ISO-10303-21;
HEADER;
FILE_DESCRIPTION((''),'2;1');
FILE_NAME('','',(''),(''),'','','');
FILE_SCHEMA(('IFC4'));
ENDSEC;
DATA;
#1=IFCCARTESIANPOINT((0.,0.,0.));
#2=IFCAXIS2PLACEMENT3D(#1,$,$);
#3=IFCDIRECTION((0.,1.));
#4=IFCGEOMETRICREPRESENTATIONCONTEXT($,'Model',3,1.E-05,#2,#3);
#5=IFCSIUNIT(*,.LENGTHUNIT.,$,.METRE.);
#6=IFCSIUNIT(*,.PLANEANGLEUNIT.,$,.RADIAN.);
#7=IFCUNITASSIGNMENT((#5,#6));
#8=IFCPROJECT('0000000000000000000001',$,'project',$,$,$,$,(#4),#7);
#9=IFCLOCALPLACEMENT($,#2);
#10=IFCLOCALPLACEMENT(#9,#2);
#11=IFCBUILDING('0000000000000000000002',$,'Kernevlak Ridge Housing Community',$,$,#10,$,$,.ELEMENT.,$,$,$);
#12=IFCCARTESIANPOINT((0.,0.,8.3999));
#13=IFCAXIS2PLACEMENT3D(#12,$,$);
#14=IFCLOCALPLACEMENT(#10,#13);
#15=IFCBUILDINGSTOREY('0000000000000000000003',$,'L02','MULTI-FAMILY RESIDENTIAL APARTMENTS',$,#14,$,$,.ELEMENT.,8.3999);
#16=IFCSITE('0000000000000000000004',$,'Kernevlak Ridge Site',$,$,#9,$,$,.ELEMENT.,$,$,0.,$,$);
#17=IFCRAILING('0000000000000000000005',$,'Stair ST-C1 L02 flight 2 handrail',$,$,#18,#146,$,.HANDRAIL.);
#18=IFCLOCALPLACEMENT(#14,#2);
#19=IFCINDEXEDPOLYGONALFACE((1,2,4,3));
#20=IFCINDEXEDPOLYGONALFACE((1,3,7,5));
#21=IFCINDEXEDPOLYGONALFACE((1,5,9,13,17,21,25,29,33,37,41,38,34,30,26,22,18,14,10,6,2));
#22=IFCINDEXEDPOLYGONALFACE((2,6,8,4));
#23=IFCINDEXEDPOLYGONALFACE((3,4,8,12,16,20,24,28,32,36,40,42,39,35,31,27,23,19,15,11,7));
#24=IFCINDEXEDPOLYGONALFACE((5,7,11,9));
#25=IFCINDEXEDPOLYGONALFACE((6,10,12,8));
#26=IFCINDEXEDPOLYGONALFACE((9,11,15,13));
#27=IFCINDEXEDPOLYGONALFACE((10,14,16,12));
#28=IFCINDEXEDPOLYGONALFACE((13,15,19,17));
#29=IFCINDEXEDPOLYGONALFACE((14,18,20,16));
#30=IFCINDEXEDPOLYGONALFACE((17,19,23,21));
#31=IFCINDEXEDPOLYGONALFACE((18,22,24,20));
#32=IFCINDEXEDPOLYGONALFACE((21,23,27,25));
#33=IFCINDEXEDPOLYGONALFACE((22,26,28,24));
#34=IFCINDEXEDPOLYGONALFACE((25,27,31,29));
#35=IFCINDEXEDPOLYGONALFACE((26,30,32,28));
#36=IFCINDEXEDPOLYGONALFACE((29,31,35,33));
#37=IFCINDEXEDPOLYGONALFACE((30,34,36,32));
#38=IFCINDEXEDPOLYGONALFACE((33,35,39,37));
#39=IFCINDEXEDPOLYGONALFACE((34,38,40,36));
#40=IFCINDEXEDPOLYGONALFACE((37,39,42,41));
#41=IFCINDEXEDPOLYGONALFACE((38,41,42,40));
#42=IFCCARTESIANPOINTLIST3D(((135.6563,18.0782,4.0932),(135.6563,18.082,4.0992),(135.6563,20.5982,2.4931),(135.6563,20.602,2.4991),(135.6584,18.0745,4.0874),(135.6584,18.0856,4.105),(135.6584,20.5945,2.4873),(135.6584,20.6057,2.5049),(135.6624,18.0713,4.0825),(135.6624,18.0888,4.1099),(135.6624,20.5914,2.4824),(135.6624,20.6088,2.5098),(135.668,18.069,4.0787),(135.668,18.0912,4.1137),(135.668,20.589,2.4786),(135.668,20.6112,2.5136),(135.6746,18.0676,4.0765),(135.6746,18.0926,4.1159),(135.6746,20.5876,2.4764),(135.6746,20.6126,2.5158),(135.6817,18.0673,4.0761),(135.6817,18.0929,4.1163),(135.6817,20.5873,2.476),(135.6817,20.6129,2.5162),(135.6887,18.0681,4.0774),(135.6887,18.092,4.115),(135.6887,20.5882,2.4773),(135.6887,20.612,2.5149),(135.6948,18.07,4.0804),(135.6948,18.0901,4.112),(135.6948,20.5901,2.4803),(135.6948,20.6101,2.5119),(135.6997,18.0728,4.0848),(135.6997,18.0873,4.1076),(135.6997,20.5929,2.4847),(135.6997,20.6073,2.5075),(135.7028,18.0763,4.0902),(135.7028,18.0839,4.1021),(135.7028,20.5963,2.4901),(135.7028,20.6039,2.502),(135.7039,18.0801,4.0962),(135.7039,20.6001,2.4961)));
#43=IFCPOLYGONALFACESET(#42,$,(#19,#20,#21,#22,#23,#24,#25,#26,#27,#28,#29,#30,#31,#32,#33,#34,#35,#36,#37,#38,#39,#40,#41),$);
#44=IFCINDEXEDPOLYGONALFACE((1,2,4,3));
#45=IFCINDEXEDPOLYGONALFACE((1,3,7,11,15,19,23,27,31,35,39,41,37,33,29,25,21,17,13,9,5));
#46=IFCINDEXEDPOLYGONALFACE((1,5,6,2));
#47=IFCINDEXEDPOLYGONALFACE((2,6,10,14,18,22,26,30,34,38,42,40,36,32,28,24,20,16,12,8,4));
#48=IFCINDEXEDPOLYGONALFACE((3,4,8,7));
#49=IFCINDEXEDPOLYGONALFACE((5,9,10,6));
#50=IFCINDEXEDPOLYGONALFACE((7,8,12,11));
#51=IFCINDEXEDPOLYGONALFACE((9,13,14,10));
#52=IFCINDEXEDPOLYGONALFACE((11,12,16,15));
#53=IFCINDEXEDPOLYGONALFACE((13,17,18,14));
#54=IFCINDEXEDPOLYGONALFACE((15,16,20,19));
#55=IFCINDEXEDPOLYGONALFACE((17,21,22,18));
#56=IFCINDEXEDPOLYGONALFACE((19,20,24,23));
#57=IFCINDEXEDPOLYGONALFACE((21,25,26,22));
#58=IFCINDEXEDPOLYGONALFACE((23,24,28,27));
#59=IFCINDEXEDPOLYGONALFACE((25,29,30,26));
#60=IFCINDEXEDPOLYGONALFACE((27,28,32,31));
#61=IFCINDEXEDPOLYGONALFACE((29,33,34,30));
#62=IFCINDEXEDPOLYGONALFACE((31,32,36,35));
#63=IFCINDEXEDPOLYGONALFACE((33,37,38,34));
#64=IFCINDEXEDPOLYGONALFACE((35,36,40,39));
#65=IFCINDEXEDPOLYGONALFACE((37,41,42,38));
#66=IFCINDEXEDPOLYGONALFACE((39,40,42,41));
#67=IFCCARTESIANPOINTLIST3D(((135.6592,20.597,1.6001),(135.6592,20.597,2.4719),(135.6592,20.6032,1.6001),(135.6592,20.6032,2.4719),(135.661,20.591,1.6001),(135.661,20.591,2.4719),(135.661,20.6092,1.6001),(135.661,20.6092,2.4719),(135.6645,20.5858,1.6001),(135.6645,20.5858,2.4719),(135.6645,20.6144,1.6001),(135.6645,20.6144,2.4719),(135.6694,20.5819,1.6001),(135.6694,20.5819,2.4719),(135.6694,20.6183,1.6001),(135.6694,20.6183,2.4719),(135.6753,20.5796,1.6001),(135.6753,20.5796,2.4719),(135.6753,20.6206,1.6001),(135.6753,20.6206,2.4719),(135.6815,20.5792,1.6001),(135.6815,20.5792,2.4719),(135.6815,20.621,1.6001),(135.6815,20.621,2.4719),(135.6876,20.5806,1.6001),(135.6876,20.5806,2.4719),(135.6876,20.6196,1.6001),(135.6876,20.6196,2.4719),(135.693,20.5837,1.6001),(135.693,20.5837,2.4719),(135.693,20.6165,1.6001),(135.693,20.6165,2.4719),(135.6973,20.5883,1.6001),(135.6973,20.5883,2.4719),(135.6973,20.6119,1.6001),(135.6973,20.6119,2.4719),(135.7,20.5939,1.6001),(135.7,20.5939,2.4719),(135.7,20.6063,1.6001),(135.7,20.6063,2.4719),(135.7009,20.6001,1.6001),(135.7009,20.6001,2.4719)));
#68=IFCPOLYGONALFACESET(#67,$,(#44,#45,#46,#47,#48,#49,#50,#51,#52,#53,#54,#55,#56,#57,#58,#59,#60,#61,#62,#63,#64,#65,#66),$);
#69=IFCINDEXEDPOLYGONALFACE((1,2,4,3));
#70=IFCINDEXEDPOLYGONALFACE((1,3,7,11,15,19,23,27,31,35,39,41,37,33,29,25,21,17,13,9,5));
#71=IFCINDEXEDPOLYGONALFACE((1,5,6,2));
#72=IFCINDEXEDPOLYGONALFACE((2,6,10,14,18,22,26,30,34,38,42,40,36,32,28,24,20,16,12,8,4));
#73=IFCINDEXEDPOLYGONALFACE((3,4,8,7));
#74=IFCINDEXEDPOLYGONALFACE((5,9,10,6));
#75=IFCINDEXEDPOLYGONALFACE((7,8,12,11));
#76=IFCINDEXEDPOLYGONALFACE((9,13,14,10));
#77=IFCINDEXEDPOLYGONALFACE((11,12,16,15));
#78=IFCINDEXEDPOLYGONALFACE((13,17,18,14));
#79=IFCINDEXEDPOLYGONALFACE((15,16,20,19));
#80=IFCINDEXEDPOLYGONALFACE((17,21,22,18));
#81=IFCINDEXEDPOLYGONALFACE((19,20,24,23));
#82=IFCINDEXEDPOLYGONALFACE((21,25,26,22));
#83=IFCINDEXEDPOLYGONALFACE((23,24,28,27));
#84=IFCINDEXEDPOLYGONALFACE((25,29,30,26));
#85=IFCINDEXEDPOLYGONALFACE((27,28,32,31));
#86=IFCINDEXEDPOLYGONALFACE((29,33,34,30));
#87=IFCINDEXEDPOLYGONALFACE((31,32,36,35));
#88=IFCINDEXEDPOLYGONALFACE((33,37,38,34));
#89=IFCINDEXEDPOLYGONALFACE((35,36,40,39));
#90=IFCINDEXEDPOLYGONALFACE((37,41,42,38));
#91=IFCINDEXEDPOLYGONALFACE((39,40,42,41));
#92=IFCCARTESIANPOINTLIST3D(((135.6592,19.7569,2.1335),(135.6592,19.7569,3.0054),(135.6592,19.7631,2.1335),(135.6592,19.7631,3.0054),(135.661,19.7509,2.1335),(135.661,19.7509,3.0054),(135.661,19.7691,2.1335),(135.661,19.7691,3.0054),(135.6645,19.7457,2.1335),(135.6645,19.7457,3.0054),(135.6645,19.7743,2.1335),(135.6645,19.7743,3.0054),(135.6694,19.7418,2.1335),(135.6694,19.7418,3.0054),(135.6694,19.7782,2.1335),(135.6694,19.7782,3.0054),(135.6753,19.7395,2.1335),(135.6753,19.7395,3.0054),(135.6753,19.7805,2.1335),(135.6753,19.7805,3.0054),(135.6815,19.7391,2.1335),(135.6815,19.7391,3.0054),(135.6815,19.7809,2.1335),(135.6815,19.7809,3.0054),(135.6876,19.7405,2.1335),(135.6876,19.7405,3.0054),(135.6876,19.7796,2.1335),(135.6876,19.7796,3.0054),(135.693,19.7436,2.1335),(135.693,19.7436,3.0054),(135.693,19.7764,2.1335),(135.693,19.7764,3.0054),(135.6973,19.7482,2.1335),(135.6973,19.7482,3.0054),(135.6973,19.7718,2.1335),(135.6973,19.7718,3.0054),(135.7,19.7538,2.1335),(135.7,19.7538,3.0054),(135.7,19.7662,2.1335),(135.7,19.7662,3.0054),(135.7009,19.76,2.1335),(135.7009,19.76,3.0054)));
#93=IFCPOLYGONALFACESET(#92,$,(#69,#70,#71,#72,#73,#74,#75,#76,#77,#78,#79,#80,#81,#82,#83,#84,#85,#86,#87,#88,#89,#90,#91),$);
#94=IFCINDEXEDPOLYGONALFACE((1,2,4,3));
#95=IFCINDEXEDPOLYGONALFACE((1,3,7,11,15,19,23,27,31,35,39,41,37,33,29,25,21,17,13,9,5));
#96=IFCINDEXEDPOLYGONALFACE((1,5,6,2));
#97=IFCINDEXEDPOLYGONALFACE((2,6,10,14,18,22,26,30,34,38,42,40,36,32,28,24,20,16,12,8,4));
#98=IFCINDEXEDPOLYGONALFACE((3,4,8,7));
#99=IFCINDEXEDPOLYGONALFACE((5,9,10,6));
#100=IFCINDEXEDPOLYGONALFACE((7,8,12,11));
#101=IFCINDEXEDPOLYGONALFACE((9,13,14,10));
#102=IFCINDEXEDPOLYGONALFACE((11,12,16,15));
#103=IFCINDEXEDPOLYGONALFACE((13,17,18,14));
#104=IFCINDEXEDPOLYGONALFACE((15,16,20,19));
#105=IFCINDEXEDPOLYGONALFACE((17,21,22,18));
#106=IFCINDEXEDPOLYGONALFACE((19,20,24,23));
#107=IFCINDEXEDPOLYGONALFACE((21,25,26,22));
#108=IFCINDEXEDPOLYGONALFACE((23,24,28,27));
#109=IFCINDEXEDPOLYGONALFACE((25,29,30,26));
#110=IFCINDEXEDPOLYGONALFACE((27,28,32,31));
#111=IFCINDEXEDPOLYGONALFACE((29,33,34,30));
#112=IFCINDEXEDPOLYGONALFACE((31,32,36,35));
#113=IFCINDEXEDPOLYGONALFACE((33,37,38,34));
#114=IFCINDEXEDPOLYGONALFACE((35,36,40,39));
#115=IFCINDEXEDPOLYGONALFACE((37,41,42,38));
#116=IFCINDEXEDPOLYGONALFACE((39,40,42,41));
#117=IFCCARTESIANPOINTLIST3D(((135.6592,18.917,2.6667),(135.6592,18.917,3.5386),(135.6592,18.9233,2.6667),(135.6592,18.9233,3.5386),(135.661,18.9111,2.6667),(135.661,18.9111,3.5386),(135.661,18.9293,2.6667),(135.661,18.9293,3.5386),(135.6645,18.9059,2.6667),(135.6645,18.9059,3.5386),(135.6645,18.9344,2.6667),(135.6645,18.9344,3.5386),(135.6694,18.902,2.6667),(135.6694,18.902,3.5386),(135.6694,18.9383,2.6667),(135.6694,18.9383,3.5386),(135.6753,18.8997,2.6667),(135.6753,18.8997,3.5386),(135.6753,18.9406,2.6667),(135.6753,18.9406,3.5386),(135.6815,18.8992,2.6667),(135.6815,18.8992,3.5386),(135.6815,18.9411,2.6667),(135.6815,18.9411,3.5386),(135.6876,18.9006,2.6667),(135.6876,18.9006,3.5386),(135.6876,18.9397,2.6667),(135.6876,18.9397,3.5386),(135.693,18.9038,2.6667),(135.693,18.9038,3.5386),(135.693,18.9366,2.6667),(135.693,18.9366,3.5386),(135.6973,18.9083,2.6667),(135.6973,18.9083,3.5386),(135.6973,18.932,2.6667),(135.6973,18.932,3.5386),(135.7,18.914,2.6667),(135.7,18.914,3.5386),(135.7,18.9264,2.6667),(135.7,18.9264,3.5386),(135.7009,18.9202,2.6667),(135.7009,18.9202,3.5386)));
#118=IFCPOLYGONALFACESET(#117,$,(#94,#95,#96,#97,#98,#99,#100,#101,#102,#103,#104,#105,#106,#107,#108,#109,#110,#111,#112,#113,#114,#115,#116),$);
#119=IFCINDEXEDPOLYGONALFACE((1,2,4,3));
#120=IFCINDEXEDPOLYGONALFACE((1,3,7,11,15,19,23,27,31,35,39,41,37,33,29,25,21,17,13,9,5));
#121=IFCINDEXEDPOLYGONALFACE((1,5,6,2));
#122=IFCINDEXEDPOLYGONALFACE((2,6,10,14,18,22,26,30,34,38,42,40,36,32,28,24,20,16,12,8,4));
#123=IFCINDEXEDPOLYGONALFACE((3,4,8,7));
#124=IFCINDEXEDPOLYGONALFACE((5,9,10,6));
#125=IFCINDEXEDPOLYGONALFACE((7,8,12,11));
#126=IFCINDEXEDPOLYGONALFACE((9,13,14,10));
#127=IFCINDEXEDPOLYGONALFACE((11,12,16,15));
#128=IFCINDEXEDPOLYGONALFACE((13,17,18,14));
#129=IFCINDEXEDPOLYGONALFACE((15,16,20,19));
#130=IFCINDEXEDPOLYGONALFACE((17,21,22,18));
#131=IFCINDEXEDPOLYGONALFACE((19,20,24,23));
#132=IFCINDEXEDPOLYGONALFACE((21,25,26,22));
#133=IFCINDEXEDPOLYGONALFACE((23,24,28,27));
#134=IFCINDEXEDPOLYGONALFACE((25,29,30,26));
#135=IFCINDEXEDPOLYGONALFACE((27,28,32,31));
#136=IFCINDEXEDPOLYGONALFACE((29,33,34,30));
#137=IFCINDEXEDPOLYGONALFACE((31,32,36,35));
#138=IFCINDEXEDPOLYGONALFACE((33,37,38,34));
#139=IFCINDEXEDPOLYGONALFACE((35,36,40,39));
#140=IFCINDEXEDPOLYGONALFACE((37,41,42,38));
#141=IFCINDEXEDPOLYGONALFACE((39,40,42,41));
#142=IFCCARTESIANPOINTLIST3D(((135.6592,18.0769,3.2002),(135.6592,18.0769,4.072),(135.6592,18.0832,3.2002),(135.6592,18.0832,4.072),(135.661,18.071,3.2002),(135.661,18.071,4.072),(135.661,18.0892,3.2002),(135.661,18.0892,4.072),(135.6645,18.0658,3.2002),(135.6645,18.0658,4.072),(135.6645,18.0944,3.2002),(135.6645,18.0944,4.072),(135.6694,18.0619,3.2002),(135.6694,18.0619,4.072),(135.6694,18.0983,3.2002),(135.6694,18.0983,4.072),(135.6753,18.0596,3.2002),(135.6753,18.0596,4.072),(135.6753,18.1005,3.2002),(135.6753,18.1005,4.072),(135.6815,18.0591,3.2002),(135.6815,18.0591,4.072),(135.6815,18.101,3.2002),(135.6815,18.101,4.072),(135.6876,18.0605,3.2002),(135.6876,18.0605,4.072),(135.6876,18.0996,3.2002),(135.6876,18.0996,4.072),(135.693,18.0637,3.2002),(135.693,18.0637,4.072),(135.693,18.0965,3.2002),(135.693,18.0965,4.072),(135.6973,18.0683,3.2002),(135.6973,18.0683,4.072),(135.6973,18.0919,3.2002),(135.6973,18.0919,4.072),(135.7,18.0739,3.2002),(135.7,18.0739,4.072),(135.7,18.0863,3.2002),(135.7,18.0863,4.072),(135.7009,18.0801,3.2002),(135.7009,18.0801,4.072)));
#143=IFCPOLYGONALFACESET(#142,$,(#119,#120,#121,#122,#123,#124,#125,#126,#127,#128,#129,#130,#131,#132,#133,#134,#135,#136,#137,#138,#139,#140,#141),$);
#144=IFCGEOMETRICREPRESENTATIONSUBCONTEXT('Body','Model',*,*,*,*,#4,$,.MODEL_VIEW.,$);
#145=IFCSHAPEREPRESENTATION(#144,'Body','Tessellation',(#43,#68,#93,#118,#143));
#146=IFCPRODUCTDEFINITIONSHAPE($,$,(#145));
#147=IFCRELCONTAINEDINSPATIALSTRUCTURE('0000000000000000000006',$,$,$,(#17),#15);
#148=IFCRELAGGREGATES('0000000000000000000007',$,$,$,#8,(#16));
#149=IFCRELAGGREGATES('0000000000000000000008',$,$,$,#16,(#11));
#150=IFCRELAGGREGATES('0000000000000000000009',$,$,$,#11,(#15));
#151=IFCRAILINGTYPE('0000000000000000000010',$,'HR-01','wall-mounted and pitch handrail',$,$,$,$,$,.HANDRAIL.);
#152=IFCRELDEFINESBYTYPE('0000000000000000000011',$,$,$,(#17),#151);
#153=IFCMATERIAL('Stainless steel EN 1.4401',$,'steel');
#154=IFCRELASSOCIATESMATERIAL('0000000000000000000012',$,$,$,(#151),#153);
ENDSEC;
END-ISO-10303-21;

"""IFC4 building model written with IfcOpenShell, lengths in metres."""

from ifc_helpers import new_model, si_unit, direction, frame, origin, origin_2d, place, context, subcontext, project, spatial, circle, extrude, material, type_object, element, save


model = new_model("IFC4")

# Units and contexts
model_context = context("Model", 3, precision=1e-05, world=origin(), true_north=direction((0.0, 1.0)))
body_context = subcontext(model_context, "Body", "Model", "MODEL_VIEW")
ifc_project = project(units=[si_unit("LENGTHUNIT", "METRE"), si_unit("PLANEANGLEUNIT", "RADIAN")], contexts=[model_context])

# Site, building, storey
site_placement = place(None, origin())
site = spatial("IfcSite", under=ifc_project, at=site_placement, Name="Kernevlak Ridge Site", CompositionType="ELEMENT", RefElevation=0.0)
building_placement = place(site_placement, origin())
building = spatial("IfcBuilding", under=site, at=building_placement, Name="Kernevlak Ridge Housing Community", CompositionType="ELEMENT")
storey_placement = place(building_placement, frame((0.0, 0.0, 8.3999)))
storey = spatial("IfcBuildingStorey", under=building, at=storey_placement, Name="L02", Description="MULTI-FAMILY RESIDENTIAL APARTMENTS", CompositionType="ELEMENT", Elevation=8.3999)

# Shared definitions
ifc_material_1 = material(Name="Stainless steel EN 1.4401", Category="steel")

# Railing
railing_type_1 = type_object("IfcRailingType", Name="HR-01", Description="wall-mounted and pitch handrail", PredefinedType="HANDRAIL", material=ifc_material_1)
railing_1_placement = place(storey_placement, frame((135.6799, 20.6001, 1.6001)))
element("IfcRailing", 1, at=railing_1_placement, inside=storey, type_object=railing_type_1, Name="Stair ST-C1 L02 flight 2 handrail", PredefinedType="HANDRAIL", context=body_context, shape_type="SweptSolid", body=[
    extrude(circle(Radius=0.0239, at=origin_2d()), frame((0.0, 0.0, 0.896), z_axis=(0.0, -0.8442, 0.536028), x_axis=(1.0, 0.0, 0.0)), (0.0, 0.0, 1.0), 2.9851),
    extrude(circle(Radius=0.021, at=origin_2d()), origin(), (0.0, 0.0, 1.0), 0.8718),
    extrude(circle(Radius=0.021, at=origin_2d()), frame((0.0, -0.8401, 0.5334)), (0.0, 0.0, 1.0), 0.8718),
    extrude(circle(Radius=0.021, at=origin_2d()), frame((0.0, -1.6799, 1.0667)), (0.0, 0.0, 1.0), 0.8718),
    extrude(circle(Radius=0.021, at=origin_2d()), frame((0.0, -2.52, 1.6001)), (0.0, 0.0, 1.0), 0.8718),
])

save(model, "model.ifc")
